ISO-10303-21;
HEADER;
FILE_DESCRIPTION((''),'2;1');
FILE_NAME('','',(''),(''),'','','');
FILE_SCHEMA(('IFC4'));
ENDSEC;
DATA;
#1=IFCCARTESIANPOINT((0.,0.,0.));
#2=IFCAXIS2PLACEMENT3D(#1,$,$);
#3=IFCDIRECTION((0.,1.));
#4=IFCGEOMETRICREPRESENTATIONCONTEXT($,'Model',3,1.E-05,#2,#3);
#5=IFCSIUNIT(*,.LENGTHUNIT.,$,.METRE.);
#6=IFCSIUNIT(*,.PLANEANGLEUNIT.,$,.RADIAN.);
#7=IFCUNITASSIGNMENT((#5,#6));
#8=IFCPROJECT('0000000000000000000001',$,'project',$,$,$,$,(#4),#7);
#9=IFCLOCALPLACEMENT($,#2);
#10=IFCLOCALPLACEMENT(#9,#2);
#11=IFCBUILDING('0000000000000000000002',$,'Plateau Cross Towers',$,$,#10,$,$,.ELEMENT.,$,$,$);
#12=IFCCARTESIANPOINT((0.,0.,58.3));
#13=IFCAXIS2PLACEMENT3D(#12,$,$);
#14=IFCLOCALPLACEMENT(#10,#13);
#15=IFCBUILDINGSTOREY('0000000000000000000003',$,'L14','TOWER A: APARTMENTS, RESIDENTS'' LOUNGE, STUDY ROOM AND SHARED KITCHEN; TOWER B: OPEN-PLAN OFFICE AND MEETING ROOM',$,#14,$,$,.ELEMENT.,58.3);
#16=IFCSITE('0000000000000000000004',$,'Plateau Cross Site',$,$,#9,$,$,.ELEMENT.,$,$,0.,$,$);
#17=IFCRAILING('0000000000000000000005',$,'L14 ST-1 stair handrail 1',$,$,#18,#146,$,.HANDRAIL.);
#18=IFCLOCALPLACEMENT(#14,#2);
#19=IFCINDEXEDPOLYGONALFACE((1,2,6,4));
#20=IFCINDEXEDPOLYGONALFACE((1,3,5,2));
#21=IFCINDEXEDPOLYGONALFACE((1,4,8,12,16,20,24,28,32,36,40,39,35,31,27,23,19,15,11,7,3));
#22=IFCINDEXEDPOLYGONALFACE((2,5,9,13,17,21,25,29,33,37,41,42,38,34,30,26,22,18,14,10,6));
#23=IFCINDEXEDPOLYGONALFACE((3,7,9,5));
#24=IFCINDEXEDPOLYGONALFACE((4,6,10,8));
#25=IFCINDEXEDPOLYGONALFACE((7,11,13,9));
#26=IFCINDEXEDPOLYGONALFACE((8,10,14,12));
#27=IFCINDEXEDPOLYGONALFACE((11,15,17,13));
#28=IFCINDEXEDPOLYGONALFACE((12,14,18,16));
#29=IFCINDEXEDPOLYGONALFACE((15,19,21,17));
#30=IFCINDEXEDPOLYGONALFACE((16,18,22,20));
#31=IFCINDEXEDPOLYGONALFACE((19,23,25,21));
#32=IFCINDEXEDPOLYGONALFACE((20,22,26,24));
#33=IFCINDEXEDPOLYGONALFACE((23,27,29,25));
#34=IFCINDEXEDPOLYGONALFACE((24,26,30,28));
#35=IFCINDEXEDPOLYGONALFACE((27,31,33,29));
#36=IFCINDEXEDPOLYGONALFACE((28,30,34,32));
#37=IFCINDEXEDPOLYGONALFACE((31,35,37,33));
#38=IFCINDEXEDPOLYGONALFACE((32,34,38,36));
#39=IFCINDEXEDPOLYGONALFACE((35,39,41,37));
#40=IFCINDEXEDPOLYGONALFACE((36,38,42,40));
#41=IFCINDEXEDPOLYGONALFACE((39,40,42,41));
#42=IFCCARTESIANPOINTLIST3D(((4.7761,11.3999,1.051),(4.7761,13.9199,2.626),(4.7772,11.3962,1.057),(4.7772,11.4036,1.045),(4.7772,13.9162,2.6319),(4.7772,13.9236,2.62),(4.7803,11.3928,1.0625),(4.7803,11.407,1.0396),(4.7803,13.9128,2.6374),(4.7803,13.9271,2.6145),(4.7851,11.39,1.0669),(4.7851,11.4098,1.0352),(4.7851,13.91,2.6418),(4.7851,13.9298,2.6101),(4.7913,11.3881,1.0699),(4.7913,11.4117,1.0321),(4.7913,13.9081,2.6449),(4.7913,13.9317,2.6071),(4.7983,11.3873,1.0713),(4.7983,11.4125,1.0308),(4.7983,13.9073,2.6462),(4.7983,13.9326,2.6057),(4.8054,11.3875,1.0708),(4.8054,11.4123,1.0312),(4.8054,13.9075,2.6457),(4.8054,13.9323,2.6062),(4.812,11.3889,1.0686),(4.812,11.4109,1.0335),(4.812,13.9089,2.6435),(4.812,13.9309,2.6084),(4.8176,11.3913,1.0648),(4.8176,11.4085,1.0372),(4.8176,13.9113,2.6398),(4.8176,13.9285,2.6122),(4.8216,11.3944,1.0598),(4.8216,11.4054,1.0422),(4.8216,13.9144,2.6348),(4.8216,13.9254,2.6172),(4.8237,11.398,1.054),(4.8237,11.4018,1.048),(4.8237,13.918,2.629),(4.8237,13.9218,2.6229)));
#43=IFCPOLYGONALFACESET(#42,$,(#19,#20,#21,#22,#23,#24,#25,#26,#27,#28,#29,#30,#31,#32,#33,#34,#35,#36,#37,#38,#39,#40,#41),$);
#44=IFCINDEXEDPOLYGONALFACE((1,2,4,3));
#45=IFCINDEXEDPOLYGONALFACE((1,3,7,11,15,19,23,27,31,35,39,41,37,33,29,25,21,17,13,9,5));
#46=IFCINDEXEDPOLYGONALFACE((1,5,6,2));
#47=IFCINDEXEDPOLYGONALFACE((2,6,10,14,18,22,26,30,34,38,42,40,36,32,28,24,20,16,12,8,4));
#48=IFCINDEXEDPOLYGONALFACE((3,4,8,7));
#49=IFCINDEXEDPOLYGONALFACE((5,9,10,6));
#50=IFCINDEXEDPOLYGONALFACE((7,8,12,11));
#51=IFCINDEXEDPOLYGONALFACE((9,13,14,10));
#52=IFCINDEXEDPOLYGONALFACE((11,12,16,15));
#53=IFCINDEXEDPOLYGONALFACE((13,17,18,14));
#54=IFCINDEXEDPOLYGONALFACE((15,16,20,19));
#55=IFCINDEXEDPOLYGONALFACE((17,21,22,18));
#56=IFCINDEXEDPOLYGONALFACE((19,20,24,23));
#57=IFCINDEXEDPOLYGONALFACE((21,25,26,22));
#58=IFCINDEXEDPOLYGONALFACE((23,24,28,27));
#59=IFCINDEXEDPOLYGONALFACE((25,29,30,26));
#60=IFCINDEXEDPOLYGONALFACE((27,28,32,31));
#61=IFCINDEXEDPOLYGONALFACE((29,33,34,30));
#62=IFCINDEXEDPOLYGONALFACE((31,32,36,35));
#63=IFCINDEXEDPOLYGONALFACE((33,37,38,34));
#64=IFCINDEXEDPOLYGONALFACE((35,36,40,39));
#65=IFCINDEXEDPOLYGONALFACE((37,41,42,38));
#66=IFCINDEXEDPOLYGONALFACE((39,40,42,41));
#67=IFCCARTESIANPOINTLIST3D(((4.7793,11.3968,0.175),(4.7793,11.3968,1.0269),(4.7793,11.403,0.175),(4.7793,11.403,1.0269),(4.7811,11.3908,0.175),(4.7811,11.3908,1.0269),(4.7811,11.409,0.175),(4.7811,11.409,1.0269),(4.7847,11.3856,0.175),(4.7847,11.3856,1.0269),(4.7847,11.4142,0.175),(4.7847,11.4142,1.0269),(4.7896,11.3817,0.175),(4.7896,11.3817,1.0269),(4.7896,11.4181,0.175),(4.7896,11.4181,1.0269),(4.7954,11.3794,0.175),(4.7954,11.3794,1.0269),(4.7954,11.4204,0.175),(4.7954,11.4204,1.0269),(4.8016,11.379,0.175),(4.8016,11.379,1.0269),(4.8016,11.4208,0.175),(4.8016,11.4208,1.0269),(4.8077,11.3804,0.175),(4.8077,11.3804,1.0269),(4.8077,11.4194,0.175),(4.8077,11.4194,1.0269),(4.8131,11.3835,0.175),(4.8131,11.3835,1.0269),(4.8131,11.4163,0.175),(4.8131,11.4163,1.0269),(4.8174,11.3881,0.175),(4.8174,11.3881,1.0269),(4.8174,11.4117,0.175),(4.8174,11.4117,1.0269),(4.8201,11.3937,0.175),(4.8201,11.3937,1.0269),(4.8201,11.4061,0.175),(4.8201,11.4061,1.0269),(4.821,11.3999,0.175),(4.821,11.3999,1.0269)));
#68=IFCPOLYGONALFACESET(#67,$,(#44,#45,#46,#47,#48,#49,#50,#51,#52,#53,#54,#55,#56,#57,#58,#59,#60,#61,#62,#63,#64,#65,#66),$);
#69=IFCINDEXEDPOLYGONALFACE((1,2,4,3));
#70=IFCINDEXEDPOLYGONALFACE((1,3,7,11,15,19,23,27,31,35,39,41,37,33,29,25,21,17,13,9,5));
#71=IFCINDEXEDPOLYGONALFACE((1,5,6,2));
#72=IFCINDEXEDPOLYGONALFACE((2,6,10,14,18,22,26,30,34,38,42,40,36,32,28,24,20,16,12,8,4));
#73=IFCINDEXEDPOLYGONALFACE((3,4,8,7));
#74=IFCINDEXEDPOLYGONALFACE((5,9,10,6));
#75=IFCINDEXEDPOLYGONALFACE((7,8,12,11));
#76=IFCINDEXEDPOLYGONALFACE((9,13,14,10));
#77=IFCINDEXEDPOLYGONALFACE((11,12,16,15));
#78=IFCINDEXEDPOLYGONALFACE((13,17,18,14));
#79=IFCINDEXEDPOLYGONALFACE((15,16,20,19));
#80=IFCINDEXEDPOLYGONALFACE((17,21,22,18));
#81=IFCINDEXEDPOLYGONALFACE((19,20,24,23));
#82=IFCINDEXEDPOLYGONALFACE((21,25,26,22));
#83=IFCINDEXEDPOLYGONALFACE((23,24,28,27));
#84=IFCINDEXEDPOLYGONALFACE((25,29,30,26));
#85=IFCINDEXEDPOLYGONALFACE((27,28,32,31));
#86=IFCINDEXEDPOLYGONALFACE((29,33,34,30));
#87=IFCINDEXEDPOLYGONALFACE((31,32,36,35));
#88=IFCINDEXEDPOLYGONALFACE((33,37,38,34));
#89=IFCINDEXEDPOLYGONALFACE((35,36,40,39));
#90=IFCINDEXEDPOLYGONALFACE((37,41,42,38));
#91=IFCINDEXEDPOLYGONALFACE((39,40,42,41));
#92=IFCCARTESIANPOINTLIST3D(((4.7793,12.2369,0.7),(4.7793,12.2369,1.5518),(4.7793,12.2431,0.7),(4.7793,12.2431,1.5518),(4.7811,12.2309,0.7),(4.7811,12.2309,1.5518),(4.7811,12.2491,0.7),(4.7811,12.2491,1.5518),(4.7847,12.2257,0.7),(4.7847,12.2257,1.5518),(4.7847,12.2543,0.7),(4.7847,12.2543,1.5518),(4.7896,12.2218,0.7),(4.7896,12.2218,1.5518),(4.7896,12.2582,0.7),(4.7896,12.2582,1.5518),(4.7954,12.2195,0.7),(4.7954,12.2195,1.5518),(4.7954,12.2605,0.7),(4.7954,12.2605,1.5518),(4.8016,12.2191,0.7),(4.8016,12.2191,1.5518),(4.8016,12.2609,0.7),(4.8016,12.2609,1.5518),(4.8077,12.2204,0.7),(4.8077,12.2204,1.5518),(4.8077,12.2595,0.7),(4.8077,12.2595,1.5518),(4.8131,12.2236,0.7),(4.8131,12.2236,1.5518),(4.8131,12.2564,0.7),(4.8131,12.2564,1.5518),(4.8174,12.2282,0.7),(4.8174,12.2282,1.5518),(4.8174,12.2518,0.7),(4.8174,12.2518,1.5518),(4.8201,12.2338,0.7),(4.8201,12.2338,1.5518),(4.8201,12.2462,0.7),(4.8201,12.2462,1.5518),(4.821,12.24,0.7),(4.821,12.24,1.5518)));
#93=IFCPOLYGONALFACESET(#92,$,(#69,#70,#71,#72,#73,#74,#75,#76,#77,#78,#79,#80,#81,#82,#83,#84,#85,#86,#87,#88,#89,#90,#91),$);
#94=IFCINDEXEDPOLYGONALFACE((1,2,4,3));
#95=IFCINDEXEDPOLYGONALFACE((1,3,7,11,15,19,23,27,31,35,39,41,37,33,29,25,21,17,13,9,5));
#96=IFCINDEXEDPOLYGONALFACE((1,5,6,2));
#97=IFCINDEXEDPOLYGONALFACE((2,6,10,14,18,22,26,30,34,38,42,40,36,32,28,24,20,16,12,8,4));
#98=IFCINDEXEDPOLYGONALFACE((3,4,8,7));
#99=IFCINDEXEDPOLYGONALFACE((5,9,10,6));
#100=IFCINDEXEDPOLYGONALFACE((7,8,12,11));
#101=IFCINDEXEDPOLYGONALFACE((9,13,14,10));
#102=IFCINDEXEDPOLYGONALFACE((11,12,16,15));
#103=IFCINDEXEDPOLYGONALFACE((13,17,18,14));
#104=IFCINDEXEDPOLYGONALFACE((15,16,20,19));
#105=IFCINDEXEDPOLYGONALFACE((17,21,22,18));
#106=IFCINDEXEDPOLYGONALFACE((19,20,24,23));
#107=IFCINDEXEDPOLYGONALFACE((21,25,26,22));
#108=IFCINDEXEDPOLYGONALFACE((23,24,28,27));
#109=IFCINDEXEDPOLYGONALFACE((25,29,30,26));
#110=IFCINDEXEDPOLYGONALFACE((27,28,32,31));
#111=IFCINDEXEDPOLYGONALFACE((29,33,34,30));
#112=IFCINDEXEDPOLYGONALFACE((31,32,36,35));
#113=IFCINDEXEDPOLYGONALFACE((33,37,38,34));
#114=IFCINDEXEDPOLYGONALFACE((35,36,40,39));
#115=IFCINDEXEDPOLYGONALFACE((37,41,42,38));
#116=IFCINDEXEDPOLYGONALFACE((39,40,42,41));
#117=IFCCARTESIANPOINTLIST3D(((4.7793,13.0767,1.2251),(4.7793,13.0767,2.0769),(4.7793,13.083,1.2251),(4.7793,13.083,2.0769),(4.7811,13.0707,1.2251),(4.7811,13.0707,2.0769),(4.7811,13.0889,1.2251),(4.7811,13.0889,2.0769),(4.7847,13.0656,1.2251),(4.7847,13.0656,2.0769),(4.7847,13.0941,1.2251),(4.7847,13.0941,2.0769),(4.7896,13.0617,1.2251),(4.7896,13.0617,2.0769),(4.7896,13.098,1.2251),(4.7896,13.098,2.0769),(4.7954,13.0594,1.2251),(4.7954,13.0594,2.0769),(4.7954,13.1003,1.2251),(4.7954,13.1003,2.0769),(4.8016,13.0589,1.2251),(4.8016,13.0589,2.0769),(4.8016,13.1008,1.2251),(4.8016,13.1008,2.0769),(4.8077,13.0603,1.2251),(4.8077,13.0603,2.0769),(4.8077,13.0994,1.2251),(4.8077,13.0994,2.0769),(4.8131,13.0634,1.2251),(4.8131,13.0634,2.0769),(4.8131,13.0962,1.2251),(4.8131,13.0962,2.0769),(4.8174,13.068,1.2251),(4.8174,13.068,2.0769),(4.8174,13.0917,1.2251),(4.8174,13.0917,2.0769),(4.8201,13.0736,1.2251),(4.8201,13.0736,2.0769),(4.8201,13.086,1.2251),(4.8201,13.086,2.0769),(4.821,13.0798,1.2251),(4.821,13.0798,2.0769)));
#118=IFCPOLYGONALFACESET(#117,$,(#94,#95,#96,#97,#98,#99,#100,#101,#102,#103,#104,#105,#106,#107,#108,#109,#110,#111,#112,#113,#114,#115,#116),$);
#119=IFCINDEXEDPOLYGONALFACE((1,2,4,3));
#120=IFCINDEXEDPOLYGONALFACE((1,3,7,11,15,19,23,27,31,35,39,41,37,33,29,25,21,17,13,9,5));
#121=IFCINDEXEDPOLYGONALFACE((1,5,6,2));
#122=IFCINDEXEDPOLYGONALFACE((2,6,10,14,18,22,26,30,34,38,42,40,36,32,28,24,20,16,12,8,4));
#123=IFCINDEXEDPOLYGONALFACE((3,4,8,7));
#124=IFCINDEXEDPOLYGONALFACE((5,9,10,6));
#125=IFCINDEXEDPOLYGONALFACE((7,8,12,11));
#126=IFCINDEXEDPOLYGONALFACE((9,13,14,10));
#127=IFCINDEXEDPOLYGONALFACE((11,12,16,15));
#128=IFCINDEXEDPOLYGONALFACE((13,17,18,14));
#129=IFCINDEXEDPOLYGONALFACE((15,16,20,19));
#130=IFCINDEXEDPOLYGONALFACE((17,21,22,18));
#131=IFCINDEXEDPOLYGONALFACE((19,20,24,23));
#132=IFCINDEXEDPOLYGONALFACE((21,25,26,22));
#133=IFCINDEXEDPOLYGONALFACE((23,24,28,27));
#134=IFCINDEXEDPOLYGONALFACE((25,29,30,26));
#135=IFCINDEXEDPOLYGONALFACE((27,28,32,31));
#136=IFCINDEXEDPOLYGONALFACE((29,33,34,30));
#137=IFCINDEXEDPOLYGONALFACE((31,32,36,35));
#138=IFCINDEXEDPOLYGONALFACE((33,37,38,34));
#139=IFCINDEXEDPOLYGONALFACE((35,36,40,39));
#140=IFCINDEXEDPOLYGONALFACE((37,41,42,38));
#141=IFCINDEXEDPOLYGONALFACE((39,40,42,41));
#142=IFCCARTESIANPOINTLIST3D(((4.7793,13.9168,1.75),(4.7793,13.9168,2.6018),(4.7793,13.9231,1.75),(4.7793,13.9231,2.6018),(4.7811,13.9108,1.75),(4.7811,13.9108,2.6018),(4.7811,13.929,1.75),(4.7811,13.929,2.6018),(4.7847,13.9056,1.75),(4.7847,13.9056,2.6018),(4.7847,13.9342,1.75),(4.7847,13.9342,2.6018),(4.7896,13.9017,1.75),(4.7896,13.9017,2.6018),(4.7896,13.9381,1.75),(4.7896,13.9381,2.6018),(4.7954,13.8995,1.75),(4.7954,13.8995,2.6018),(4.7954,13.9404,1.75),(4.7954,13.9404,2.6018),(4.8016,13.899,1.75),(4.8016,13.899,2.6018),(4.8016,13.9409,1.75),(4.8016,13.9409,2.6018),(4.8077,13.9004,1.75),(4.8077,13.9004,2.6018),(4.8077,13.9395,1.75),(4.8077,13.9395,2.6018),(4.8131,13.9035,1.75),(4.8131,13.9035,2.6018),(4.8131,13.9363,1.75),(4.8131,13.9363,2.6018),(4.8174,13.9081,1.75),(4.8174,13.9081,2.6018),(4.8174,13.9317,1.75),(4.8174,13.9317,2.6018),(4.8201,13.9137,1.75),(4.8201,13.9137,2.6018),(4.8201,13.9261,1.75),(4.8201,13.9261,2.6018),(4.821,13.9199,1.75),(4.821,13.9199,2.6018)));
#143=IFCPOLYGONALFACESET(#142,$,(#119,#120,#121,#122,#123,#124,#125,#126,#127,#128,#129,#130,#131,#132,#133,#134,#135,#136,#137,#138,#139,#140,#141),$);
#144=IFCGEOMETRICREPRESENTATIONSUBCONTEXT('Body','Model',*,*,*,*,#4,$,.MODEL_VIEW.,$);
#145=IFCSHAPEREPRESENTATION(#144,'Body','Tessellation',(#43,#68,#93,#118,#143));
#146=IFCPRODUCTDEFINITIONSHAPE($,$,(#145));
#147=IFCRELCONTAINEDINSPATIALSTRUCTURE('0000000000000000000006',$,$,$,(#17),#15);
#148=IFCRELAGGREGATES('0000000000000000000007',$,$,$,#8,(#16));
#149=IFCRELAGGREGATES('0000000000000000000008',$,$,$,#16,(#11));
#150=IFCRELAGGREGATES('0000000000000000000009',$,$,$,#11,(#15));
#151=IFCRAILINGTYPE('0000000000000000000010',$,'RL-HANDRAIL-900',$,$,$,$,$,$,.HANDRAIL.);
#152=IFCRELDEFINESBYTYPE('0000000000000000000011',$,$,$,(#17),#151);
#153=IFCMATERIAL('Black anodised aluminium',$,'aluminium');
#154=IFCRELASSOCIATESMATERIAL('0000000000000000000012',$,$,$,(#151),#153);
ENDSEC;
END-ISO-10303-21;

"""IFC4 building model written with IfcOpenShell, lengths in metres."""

from ifc_helpers import new_model, si_unit, direction, frame, origin, origin_2d, place, context, subcontext, project, spatial, circle, extrude, material, type_object, element, save


model = new_model("IFC4")

# Units and contexts
model_context = context("Model", 3, precision=1e-05, world=origin(), true_north=direction((0.0, 1.0)))
body_context = subcontext(model_context, "Body", "Model", "MODEL_VIEW")
ifc_project = project(units=[si_unit("LENGTHUNIT", "METRE"), si_unit("PLANEANGLEUNIT", "RADIAN")], contexts=[model_context])

# Site, building, storey
site_placement = place(None, origin())
site = spatial("IfcSite", under=ifc_project, at=site_placement, Name="Plateau Cross Site", CompositionType="ELEMENT", RefElevation=0.0)
building_placement = place(site_placement, origin())
building = spatial("IfcBuilding", under=site, at=building_placement, Name="Plateau Cross Towers", CompositionType="ELEMENT")
storey_placement = place(building_placement, frame((0.0, 0.0, 58.3)))
storey = spatial("IfcBuildingStorey", under=building, at=storey_placement, Name="L14", Description="TOWER A: APARTMENTS, RESIDENTS' LOUNGE, STUDY ROOM AND SHARED KITCHEN; TOWER B: OPEN-PLAN OFFICE AND MEETING ROOM", CompositionType="ELEMENT", Elevation=58.3)

# Shared definitions
ifc_material_1 = material(Name="Black anodised aluminium", Category="aluminium")

# Railing
railing_type_1 = type_object("IfcRailingType", Name="RL-HANDRAIL-900", PredefinedType="HANDRAIL", material=ifc_material_1)
railing_1_placement = place(storey_placement, frame((4.8, 11.3999, 0.175)))
element("IfcRailing", 1, at=railing_1_placement, inside=storey, type_object=railing_type_1, Name="L14 ST-1 stair handrail 1", PredefinedType="HANDRAIL", context=body_context, shape_type="SweptSolid", body=[
    extrude(circle(Radius=0.0239, at=origin_2d()), frame((0.0, 0.0, 0.876), z_axis=(0.0, 0.848008, 0.529984), x_axis=(-1.0, 0.0, 0.0)), (0.0, 0.0, 1.0), 2.9717),
    extrude(circle(Radius=0.021, at=origin_2d()), origin(), (0.0, 0.0, 1.0), 0.8518),
    extrude(circle(Radius=0.021, at=origin_2d()), frame((0.0, 0.8401, 0.5249)), (0.0, 0.0, 1.0), 0.8518),
    extrude(circle(Radius=0.021, at=origin_2d()), frame((0.0, 1.6799, 1.05)), (0.0, 0.0, 1.0), 0.8518),
    extrude(circle(Radius=0.021, at=origin_2d()), frame((0.0, 2.52, 1.575)), (0.0, 0.0, 1.0), 0.8518),
])

save(model, "model.ifc")
